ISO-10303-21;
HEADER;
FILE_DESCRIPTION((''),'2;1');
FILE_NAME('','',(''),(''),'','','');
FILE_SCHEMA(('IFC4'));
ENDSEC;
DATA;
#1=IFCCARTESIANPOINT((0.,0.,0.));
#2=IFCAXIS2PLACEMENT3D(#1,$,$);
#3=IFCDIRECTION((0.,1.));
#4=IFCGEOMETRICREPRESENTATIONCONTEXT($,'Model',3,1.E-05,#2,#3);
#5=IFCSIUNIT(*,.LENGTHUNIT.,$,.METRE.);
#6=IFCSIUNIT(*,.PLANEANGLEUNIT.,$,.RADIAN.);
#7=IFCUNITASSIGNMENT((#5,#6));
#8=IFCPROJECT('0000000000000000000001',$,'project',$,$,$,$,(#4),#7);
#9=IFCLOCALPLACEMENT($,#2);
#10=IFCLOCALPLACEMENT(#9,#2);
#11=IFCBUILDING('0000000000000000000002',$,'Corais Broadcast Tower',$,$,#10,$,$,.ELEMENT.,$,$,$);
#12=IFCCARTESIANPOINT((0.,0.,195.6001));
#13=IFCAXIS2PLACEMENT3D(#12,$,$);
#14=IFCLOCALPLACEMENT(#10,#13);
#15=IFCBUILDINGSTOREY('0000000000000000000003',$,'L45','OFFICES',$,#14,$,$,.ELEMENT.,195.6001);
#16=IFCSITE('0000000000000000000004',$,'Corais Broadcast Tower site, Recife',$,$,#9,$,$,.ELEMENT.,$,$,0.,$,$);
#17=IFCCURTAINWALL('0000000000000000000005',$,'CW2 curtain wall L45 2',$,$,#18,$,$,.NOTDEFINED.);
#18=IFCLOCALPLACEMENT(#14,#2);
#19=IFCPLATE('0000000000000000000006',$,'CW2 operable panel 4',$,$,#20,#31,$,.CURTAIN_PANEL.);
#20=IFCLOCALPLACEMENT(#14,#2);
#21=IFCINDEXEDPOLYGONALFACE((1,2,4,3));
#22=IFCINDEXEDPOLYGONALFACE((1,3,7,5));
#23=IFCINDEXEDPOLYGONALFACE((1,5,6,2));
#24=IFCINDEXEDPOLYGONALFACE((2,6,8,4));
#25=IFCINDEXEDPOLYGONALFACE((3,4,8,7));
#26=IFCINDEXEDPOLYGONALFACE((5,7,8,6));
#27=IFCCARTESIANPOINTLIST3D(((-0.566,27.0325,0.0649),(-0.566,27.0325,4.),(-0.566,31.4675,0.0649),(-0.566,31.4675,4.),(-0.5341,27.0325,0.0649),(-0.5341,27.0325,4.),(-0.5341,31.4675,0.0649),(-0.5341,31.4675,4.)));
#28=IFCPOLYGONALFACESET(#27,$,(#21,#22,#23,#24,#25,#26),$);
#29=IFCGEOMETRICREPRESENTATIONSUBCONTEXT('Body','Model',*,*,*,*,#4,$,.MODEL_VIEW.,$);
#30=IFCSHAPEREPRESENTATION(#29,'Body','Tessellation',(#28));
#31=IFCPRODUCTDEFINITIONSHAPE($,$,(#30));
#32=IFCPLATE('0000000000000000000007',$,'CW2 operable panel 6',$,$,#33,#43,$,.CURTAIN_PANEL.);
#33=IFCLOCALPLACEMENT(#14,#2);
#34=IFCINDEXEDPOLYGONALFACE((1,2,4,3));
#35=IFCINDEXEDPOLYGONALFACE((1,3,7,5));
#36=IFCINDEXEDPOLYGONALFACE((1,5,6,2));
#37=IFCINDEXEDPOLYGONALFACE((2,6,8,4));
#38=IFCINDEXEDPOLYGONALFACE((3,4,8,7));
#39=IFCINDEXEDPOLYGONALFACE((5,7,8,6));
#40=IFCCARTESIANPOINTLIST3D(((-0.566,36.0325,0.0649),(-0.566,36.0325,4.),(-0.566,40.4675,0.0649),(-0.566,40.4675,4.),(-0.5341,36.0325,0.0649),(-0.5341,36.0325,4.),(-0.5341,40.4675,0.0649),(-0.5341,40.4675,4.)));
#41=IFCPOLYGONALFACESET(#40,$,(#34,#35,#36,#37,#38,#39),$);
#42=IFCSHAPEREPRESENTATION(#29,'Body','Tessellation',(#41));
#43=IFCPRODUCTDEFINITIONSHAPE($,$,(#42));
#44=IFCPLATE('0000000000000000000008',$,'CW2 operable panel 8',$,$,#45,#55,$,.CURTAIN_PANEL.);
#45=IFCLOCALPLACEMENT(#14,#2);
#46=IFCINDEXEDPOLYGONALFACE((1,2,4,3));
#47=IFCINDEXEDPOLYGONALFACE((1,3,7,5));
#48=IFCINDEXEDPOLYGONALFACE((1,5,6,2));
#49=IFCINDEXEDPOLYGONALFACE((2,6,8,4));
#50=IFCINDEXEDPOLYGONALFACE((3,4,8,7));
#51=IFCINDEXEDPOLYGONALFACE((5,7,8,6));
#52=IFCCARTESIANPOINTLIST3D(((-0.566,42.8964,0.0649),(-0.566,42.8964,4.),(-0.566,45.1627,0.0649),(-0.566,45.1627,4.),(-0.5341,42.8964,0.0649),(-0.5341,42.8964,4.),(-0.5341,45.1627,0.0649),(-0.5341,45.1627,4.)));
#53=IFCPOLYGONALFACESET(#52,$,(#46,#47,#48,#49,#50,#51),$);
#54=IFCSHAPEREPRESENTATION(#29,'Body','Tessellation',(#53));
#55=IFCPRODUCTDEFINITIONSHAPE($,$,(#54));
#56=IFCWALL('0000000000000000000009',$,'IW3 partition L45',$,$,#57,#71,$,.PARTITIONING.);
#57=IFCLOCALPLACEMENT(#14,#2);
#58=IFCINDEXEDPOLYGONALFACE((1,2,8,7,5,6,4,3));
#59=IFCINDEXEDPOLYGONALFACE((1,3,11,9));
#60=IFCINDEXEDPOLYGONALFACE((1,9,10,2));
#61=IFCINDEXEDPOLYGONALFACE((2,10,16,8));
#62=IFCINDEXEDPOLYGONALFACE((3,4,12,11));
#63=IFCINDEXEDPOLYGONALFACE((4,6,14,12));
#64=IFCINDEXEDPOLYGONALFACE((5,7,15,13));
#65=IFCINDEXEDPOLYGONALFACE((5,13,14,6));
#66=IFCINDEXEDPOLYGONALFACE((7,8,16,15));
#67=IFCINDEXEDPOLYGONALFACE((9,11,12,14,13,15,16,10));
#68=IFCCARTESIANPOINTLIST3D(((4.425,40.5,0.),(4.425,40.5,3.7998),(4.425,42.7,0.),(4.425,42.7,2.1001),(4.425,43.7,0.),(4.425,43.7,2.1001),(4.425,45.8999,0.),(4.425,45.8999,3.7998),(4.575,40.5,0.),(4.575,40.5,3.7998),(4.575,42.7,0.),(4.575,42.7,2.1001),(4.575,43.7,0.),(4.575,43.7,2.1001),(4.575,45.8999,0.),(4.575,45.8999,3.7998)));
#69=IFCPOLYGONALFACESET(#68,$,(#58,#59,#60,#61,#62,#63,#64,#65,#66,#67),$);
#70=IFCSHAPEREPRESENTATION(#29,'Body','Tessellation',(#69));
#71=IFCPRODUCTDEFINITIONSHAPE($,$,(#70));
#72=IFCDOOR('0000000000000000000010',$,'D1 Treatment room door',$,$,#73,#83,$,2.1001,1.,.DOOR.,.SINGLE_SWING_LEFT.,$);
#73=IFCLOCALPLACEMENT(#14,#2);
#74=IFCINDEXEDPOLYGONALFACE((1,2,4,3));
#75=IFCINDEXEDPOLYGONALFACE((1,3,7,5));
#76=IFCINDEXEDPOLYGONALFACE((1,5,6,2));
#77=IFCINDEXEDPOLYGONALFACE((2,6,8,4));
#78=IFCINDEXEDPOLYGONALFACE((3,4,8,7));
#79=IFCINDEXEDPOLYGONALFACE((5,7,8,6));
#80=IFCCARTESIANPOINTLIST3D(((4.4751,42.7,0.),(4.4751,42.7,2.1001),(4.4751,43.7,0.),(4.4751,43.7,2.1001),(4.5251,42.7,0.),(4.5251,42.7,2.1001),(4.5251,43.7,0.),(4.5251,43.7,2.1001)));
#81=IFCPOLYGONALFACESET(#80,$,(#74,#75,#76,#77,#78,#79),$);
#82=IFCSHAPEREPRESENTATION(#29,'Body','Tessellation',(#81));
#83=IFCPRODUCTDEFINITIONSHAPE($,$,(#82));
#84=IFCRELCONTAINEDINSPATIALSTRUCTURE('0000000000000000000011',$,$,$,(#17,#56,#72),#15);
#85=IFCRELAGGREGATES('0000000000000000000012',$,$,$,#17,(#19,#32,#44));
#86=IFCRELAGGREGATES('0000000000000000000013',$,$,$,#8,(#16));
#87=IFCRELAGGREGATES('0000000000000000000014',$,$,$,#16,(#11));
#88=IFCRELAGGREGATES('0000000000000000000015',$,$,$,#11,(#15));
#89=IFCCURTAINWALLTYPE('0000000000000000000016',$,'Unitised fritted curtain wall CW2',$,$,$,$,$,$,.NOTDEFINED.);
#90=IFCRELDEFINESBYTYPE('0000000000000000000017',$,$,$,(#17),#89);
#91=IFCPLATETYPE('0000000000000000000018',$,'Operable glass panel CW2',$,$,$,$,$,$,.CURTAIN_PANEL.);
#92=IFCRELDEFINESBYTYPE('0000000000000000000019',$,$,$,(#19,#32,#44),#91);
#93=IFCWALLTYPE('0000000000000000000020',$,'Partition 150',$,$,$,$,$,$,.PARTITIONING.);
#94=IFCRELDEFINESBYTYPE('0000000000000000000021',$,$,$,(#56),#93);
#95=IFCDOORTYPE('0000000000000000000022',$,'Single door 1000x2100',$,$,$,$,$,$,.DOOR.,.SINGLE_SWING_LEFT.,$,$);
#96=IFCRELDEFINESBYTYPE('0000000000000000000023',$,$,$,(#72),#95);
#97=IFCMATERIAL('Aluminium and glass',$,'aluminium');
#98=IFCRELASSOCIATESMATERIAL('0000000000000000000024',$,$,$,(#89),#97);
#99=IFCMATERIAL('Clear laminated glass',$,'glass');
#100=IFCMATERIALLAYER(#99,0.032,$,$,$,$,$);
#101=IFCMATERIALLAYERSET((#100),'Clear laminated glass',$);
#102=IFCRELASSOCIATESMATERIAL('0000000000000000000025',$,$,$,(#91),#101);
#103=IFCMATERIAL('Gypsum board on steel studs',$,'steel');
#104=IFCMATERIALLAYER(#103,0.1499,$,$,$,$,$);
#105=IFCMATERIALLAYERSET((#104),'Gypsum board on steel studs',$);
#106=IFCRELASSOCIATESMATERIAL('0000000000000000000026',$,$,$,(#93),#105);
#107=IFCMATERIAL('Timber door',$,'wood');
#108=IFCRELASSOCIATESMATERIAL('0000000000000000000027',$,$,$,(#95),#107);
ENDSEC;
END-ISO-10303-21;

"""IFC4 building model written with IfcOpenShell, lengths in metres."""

from ifc_helpers import new_model, si_unit, direction, frame, frame_2d, origin, origin_2d, place, context, subcontext, project, spatial, rectangle, extrude, material, layer, layer_set, type_object, element, fill, aggregate, save


model = new_model("IFC4")

# Units and contexts
model_context = context("Model", 3, precision=1e-05, world=origin(), true_north=direction((0.0, 1.0)))
body_context = subcontext(model_context, "Body", "Model", "MODEL_VIEW")
ifc_project = project(units=[si_unit("LENGTHUNIT", "METRE"), si_unit("PLANEANGLEUNIT", "RADIAN")], contexts=[model_context])

# Site, building, storey
site_placement = place(None, origin())
site = spatial("IfcSite", under=ifc_project, at=site_placement, Name="Corais Broadcast Tower site, Recife", CompositionType="ELEMENT", RefElevation=0.0)
building_placement = place(site_placement, origin())
building = spatial("IfcBuilding", under=site, at=building_placement, Name="Corais Broadcast Tower", CompositionType="ELEMENT")
storey_placement = place(building_placement, frame((0.0, 0.0, 195.6001)))
storey = spatial("IfcBuildingStorey", under=building, at=storey_placement, Name="L45", Description="OFFICES", CompositionType="ELEMENT", Elevation=195.6001)

# Curtain wall
ifc_material_1 = material(Name="Aluminium and glass", Category="aluminium")
curtain_wall_type = type_object("IfcCurtainWallType", Name="Unitised fritted curtain wall CW2", PredefinedType="NOTDEFINED", material=ifc_material_1)
curtain_wall_placement = place(storey_placement, origin())
curtain_wall = element("IfcCurtainWall", 1, at=curtain_wall_placement, inside=storey, type_object=curtain_wall_type, Name="CW2 curtain wall L45 2", PredefinedType="NOTDEFINED")

# Plates
ifc_material_2 = material(Name="Clear laminated glass", Category="glass")
ifc_layer_1 = layer(ifc_material_2, 0.032)
ifc_layer_set_1 = layer_set([ifc_layer_1], Name="Clear laminated glass")
plate_type_1 = type_object("IfcPlateType", Name="Operable glass panel CW2", PredefinedType="CURTAIN_PANEL", material=ifc_layer_set_1)
plate_1_placement = place(storey_placement, frame((-0.55, 29.25, 0.0649), z_axis=(0.0, 0.0, 1.0), x_axis=(0.0, 1.0, 0.0)))
plate_1 = element("IfcPlate", 2, at=plate_1_placement, type_object=plate_type_1, Name="CW2 operable panel 4", PredefinedType="CURTAIN_PANEL", context=body_context, shape_type="SweptSolid", body=[
    extrude(rectangle(XDim=4.4351, YDim=0.032, at=origin_2d()), origin(), (0.0, 0.0, 1.0), 3.9351),
])
plate_2_placement = place(storey_placement, frame((-0.55, 38.25, 0.0649), z_axis=(0.0, 0.0, 1.0), x_axis=(0.0, 1.0, 0.0)))
plate_2 = element("IfcPlate", 3, at=plate_2_placement, type_object=plate_type_1, Name="CW2 operable panel 6", PredefinedType="CURTAIN_PANEL", context=body_context, shape_type="SweptSolid", body=[
    extrude(rectangle(XDim=4.4351, YDim=0.032, at=origin_2d()), origin(), (0.0, 0.0, 1.0), 3.9351),
])
plate_3_placement = place(storey_placement, frame((-0.55, 44.0295, 0.0649), z_axis=(0.0, 0.0, 1.0), x_axis=(0.0, 1.0, 0.0)))
plate_3 = element("IfcPlate", 4, at=plate_3_placement, type_object=plate_type_1, Name="CW2 operable panel 8", PredefinedType="CURTAIN_PANEL", context=body_context, shape_type="SweptSolid", body=[
    extrude(rectangle(XDim=2.2664, YDim=0.032, at=origin_2d()), origin(), (0.0, 0.0, 1.0), 3.9351),
])
aggregate(curtain_wall, [plate_1, plate_2, plate_3])

# Wall, opening, door
ifc_material_3 = material(Name="Gypsum board on steel studs", Category="steel")
ifc_layer_2 = layer(ifc_material_3, 0.1499)
ifc_layer_set_2 = layer_set([ifc_layer_2], Name="Gypsum board on steel studs")
wall_type = type_object("IfcWallType", Name="Partition 150", PredefinedType="PARTITIONING", material=ifc_layer_set_2)
wall_placement = place(storey_placement, frame((4.5, 40.5, 0.0), z_axis=(0.0, 0.0, 1.0), x_axis=(0.0, 1.0, 0.0)))
wall = element("IfcWall", 5, at=wall_placement, inside=storey, type_object=wall_type, Name="IW3 partition L45", PredefinedType="PARTITIONING", context=body_context, shape_type="SweptSolid", body=[
    extrude(rectangle(XDim=5.3999, YDim=0.1499, at=frame_2d((2.7, 0.0))), origin(), (0.0, 0.0, 1.0), 3.7998),
])
opening_placement = place(wall_placement, frame((2.2, 0.0, 0.0)))
opening = element("IfcOpeningElement", 6, at=opening_placement, cuts=wall, PredefinedType="OPENING", context=body_context, shape_type="SweptSolid", body=[
    extrude(rectangle(XDim=1.0, YDim=2.1001, at=frame_2d((0.5, 1.05))), frame((0.0, 0.085, 0.0), z_axis=(0.0, -1.0, 0.0), x_axis=(1.0, 0.0, 0.0)), (0.0, 0.0, 1.0), 0.1699),
])
ifc_material_4 = material(Name="Timber door", Category="wood")
door_type = type_object("IfcDoorType", Name="Single door 1000x2100", OperationType="SINGLE_SWING_LEFT", PredefinedType="DOOR", material=ifc_material_4)
door_placement = place(opening_placement, origin())
door = element("IfcDoor", 7, at=door_placement, inside=storey, type_object=door_type, Name="D1 Treatment room door", OperationType="SINGLE_SWING_LEFT", OverallHeight=2.1001, OverallWidth=1.0, PredefinedType="DOOR", context=body_context, shape_type="SweptSolid", body=[
    extrude(rectangle(XDim=1.0, YDim=2.1001, at=frame_2d((0.5, 1.05))), frame((0.0, 0.0249, 0.0), z_axis=(0.0, -1.0, 0.0), x_axis=(1.0, 0.0, 0.0)), (0.0, 0.0, 1.0), 0.05),
])
fill(opening, door)

save(model, "model.ifc")
